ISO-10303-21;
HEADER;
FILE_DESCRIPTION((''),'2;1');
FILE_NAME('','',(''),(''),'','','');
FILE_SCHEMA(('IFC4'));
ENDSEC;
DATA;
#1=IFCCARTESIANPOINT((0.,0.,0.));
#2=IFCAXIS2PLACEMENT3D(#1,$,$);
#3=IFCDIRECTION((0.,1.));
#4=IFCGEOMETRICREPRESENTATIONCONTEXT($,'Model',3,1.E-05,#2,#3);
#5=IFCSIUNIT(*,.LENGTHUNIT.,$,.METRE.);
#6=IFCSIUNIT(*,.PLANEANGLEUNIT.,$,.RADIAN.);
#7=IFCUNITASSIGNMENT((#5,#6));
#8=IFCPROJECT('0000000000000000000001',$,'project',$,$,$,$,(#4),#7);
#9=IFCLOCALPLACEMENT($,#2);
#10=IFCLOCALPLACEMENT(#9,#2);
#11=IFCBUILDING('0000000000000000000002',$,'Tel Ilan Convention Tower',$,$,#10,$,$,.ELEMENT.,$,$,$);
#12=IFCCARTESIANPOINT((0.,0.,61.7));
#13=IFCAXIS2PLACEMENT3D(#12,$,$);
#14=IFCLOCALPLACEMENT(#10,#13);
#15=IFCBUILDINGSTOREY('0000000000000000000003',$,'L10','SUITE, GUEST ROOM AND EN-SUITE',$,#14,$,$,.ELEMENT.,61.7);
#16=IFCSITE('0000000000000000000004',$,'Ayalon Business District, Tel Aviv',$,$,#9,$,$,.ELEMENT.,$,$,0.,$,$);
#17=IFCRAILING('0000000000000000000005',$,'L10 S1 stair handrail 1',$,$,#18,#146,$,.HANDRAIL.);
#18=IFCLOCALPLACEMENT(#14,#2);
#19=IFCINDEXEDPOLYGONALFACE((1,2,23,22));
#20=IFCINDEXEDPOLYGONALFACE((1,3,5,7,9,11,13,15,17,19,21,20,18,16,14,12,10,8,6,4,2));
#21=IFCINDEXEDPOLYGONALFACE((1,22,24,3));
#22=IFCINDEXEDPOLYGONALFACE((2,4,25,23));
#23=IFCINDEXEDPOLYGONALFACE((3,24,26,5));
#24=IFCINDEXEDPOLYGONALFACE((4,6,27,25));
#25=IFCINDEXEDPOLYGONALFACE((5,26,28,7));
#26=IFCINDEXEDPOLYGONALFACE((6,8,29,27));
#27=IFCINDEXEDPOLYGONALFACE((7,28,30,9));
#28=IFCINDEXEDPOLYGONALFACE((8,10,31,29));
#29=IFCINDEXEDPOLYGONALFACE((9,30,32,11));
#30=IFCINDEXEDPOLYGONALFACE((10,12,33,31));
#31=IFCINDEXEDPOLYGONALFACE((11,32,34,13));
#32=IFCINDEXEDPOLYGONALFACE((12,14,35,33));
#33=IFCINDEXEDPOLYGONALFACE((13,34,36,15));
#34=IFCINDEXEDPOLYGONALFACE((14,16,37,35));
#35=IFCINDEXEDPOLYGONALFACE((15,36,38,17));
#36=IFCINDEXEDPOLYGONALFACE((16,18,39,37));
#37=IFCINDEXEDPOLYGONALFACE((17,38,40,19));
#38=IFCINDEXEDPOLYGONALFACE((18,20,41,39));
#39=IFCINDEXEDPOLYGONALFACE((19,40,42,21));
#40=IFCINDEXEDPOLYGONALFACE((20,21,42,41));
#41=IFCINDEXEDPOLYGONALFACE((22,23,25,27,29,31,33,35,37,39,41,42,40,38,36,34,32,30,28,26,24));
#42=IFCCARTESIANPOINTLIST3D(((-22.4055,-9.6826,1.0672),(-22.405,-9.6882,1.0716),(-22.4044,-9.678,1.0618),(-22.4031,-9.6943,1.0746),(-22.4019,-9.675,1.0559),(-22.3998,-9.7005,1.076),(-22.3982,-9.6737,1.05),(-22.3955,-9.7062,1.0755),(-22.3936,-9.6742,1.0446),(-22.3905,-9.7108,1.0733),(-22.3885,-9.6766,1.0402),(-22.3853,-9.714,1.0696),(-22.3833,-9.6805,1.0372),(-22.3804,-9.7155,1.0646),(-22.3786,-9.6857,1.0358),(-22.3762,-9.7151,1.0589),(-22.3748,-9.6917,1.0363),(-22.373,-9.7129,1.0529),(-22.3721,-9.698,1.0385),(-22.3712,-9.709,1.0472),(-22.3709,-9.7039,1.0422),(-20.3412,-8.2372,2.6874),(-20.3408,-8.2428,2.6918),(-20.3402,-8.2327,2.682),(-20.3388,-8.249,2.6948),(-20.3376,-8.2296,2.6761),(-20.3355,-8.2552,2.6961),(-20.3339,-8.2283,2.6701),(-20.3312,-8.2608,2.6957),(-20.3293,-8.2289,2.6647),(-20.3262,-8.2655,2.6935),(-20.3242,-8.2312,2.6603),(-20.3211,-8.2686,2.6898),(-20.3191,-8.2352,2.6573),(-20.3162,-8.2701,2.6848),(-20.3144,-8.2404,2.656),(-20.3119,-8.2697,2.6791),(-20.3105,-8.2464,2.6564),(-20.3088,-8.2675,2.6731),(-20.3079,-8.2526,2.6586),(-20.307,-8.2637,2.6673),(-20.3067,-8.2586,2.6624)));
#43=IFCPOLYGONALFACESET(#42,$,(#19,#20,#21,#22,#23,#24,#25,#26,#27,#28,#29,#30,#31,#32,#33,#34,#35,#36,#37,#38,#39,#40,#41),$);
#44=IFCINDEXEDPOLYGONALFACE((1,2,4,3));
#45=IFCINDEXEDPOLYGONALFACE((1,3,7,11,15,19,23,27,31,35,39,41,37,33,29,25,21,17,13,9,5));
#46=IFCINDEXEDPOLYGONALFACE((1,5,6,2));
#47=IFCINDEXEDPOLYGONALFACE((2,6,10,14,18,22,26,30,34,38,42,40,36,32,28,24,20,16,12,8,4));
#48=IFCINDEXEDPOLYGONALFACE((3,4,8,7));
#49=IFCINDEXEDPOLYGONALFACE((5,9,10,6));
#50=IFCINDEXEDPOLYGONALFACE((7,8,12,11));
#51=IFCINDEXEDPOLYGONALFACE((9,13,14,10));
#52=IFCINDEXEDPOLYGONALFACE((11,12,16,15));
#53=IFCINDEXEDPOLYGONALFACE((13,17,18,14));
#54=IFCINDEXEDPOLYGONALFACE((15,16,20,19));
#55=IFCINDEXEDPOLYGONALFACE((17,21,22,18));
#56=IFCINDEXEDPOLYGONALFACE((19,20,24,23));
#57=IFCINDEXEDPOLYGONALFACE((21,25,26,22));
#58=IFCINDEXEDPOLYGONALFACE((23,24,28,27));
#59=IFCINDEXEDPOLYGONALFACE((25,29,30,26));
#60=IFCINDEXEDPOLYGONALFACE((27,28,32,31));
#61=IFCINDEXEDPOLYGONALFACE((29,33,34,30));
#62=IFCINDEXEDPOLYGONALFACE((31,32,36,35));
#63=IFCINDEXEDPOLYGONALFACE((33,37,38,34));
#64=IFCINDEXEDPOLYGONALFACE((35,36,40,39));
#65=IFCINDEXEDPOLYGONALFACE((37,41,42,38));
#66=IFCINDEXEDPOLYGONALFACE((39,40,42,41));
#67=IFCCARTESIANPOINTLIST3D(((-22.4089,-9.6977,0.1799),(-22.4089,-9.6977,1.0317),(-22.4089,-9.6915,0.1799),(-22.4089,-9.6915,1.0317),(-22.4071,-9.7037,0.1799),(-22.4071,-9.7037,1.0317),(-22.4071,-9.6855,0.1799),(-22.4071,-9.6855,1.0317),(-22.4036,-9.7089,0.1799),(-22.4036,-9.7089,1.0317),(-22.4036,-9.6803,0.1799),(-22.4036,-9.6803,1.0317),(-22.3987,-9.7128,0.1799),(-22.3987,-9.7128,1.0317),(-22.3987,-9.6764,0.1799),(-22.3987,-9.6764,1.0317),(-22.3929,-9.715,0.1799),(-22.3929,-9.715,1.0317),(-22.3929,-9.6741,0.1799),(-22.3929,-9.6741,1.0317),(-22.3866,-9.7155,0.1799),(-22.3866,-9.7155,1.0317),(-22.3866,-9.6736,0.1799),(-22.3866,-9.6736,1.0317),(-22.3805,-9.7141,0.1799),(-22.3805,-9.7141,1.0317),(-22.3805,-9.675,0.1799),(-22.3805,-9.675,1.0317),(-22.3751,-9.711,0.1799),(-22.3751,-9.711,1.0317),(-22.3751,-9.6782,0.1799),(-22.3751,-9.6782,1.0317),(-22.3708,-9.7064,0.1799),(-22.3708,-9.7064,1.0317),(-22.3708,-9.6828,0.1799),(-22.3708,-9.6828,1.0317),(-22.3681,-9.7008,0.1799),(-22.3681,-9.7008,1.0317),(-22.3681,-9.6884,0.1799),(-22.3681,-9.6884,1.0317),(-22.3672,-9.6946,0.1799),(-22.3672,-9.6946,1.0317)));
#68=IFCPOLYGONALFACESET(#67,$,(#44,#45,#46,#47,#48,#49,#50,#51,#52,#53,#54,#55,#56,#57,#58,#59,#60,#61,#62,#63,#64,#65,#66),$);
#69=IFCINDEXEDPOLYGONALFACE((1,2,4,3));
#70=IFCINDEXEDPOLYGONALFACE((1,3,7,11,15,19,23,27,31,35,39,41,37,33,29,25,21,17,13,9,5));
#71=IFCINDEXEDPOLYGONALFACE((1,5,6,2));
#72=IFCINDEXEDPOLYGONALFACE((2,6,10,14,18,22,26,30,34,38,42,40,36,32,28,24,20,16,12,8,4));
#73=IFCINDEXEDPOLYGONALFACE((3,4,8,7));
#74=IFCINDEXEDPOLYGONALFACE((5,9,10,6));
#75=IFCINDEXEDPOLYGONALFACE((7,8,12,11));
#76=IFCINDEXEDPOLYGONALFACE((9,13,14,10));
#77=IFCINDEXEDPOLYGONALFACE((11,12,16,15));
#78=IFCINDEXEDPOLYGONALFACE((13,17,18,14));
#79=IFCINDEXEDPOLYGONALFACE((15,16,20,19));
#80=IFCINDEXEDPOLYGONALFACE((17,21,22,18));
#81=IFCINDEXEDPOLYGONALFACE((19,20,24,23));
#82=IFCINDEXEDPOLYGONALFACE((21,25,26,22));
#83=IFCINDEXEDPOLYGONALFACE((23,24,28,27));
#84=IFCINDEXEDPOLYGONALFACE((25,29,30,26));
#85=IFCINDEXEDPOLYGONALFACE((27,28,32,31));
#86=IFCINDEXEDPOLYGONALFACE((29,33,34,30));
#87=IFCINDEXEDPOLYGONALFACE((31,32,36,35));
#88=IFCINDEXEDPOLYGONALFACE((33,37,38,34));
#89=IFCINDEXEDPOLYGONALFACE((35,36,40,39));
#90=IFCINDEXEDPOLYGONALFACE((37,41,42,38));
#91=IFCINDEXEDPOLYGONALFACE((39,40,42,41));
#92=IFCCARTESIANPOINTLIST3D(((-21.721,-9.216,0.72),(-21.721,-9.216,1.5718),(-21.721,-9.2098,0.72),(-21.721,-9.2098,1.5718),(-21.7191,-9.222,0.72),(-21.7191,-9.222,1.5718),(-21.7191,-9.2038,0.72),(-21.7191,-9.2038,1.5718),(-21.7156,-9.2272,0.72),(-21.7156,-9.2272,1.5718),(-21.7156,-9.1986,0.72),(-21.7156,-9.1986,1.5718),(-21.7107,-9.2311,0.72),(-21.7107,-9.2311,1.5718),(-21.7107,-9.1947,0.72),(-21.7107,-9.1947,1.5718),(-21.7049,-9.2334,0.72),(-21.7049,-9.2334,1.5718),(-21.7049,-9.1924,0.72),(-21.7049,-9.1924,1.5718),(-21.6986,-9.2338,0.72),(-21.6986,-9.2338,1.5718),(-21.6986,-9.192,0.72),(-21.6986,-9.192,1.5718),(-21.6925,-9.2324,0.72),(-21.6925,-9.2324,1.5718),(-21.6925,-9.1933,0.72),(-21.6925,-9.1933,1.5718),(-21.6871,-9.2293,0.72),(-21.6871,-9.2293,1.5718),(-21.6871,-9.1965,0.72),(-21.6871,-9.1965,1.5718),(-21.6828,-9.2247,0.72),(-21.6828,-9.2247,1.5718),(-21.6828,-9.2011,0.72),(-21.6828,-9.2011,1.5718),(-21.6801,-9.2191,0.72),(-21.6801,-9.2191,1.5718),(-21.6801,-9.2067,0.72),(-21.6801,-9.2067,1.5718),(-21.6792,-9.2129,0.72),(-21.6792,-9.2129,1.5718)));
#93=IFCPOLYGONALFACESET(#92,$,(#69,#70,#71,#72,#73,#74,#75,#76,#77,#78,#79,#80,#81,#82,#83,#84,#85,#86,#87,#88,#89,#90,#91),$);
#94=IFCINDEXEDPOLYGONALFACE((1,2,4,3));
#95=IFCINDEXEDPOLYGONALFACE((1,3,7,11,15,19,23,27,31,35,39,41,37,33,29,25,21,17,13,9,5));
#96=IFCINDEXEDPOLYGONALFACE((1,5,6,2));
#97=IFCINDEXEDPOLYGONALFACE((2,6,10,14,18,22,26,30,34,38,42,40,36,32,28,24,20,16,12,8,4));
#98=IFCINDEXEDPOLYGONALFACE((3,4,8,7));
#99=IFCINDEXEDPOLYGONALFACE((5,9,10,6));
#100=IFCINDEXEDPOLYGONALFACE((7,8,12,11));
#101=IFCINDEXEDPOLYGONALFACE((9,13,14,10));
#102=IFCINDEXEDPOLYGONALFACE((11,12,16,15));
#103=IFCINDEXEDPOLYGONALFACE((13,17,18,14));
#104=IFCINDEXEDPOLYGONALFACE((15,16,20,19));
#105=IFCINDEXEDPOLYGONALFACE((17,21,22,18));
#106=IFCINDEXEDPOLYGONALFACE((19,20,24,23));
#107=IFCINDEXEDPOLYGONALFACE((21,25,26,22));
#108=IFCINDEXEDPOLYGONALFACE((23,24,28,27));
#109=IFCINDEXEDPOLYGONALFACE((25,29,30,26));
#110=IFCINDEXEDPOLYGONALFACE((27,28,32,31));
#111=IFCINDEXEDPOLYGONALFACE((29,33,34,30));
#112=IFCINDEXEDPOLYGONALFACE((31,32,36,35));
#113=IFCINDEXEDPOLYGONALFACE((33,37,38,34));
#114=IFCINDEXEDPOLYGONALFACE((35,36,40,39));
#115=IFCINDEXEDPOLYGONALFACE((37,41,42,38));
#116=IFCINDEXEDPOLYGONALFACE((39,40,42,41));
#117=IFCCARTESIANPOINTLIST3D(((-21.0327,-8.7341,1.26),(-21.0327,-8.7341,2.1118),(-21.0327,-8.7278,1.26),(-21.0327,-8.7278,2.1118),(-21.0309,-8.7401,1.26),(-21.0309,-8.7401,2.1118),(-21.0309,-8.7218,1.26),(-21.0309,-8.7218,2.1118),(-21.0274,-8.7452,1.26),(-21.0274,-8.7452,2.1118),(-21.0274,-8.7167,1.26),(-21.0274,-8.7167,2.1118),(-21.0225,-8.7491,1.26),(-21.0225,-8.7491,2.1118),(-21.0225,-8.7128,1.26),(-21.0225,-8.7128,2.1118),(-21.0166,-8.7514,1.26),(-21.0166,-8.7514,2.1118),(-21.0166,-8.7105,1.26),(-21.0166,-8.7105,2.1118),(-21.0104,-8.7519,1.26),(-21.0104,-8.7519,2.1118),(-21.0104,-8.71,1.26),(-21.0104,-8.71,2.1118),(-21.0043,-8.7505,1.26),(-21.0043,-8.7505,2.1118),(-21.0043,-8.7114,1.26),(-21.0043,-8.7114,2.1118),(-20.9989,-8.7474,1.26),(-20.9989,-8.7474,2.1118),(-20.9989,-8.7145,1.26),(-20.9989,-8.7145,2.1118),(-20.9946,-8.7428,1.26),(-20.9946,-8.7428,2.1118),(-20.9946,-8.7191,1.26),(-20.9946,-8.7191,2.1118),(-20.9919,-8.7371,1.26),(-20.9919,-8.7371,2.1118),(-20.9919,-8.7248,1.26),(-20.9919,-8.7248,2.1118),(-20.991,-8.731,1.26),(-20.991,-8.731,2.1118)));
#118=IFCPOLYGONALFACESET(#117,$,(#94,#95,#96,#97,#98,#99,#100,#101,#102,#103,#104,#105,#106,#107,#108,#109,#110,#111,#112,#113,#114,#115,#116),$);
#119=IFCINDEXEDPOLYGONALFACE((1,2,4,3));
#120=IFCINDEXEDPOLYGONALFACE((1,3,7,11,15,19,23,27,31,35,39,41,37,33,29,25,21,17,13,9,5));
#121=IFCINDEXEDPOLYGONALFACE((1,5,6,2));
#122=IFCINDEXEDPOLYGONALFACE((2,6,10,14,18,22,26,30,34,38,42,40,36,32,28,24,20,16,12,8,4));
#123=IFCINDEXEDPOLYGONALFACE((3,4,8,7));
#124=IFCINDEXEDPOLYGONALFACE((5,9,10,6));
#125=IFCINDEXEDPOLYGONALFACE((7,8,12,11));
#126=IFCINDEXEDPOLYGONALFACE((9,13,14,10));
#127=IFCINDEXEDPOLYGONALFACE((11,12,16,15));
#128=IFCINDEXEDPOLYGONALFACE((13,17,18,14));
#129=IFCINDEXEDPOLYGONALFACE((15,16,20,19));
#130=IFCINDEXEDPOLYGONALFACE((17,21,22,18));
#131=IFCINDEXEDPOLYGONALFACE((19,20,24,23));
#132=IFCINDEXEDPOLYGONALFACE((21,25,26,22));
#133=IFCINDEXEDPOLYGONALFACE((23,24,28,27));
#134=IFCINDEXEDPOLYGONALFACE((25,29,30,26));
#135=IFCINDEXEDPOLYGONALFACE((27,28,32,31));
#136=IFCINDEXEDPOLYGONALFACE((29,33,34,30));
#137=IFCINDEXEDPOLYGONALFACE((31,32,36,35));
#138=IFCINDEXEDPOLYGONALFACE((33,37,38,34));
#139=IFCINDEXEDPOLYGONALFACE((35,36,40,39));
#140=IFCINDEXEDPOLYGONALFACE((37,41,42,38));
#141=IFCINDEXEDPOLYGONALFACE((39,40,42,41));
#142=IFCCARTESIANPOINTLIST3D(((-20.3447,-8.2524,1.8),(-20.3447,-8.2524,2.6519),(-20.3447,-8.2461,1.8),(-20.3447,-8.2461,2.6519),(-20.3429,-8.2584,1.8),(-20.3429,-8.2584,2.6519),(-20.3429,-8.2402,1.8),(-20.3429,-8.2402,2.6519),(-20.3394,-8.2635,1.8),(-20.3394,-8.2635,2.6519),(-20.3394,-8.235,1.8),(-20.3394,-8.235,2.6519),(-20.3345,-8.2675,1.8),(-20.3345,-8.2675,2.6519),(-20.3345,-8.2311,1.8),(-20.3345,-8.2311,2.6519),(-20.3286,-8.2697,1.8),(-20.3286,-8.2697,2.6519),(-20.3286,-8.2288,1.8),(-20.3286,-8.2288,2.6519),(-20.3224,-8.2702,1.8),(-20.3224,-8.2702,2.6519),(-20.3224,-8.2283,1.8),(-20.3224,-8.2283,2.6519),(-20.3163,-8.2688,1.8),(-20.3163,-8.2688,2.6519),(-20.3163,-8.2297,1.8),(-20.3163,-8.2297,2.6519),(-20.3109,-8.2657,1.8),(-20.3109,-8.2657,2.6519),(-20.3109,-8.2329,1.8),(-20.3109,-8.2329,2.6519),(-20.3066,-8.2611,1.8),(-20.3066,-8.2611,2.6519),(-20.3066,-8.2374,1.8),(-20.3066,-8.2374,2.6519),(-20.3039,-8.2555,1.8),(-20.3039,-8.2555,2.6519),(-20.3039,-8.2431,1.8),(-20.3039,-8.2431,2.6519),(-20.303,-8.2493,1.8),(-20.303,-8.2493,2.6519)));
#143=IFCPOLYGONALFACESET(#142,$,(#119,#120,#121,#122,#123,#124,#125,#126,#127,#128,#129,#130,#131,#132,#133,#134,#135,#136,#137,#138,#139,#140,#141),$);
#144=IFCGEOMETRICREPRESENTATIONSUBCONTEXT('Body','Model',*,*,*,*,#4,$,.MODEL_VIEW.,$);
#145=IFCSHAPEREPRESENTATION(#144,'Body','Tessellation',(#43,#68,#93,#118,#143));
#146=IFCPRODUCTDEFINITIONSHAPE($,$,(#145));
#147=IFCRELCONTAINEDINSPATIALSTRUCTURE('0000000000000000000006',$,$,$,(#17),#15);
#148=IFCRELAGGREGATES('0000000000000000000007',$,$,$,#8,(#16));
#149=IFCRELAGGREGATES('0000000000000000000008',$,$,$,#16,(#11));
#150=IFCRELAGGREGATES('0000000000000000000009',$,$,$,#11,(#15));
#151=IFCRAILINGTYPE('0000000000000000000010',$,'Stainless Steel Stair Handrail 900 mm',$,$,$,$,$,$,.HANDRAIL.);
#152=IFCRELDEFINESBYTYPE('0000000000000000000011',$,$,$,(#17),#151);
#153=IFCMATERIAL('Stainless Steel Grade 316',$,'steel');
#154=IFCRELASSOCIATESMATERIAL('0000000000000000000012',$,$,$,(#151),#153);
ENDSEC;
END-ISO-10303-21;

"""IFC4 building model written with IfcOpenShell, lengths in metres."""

from ifc_helpers import new_model, si_unit, direction, frame, origin, origin_2d, place, context, subcontext, project, spatial, circle, extrude, material, type_object, element, save


model = new_model("IFC4")

# Units and contexts
model_context = context("Model", 3, precision=1e-05, world=origin(), true_north=direction((0.0, 1.0)))
body_context = subcontext(model_context, "Body", "Model", "MODEL_VIEW")
ifc_project = project(units=[si_unit("LENGTHUNIT", "METRE"), si_unit("PLANEANGLEUNIT", "RADIAN")], contexts=[model_context])

# Site, building, storey
site_placement = place(None, origin())
site = spatial("IfcSite", under=ifc_project, at=site_placement, Name="Ayalon Business District, Tel Aviv", CompositionType="ELEMENT", RefElevation=0.0)
building_placement = place(site_placement, origin())
building = spatial("IfcBuilding", under=site, at=building_placement, Name="Tel Ilan Convention Tower", CompositionType="ELEMENT")
storey_placement = place(building_placement, frame((0.0, 0.0, 61.7)))
storey = spatial("IfcBuildingStorey", under=building, at=storey_placement, Name="L10", Description="SUITE, GUEST ROOM AND EN-SUITE", CompositionType="ELEMENT", Elevation=61.7)

# Railing
ifc_material_1 = material(Name="Stainless Steel Grade 316", Category="steel")
railing_type_1 = type_object("IfcRailingType", Name="Stainless Steel Stair Handrail 900 mm", PredefinedType="HANDRAIL", material=ifc_material_1)
for number, where, name in (
    (1, (-22.3882, -9.6946, 0.1799), "L10 S1 stair handrail 1"),
):
    element("IfcRailing", number, at=place(storey_placement, frame(where)), inside=storey, type_object=railing_type_1, Name=name, PredefinedType="HANDRAIL", context=body_context, shape_type="SweptSolid", body=[
        extrude(circle(Radius=0.0239, at=origin_2d()), frame((0.0, 0.0, 0.876), z_axis=(0.68904, 0.48245, 0.540801), x_axis=(-0.57356, 0.819164, 0.0)), (0.0, 0.0, 1.0), 2.9958),
        extrude(circle(Radius=0.021, at=origin_2d()), origin(), (0.0, 0.0, 1.0), 0.8518),
        extrude(circle(Radius=0.021, at=origin_2d()), frame((0.688, 0.4817, 0.54)), (0.0, 0.0, 1.0), 0.8518),
        extrude(circle(Radius=0.021, at=origin_2d()), frame((1.3762, 0.9636, 1.0801)), (0.0, 0.0, 1.0), 0.8518),
        extrude(circle(Radius=0.021, at=origin_2d()), frame((2.0642, 1.4453, 1.6201)), (0.0, 0.0, 1.0), 0.8518),
    ])

save(model, "model.ifc")
